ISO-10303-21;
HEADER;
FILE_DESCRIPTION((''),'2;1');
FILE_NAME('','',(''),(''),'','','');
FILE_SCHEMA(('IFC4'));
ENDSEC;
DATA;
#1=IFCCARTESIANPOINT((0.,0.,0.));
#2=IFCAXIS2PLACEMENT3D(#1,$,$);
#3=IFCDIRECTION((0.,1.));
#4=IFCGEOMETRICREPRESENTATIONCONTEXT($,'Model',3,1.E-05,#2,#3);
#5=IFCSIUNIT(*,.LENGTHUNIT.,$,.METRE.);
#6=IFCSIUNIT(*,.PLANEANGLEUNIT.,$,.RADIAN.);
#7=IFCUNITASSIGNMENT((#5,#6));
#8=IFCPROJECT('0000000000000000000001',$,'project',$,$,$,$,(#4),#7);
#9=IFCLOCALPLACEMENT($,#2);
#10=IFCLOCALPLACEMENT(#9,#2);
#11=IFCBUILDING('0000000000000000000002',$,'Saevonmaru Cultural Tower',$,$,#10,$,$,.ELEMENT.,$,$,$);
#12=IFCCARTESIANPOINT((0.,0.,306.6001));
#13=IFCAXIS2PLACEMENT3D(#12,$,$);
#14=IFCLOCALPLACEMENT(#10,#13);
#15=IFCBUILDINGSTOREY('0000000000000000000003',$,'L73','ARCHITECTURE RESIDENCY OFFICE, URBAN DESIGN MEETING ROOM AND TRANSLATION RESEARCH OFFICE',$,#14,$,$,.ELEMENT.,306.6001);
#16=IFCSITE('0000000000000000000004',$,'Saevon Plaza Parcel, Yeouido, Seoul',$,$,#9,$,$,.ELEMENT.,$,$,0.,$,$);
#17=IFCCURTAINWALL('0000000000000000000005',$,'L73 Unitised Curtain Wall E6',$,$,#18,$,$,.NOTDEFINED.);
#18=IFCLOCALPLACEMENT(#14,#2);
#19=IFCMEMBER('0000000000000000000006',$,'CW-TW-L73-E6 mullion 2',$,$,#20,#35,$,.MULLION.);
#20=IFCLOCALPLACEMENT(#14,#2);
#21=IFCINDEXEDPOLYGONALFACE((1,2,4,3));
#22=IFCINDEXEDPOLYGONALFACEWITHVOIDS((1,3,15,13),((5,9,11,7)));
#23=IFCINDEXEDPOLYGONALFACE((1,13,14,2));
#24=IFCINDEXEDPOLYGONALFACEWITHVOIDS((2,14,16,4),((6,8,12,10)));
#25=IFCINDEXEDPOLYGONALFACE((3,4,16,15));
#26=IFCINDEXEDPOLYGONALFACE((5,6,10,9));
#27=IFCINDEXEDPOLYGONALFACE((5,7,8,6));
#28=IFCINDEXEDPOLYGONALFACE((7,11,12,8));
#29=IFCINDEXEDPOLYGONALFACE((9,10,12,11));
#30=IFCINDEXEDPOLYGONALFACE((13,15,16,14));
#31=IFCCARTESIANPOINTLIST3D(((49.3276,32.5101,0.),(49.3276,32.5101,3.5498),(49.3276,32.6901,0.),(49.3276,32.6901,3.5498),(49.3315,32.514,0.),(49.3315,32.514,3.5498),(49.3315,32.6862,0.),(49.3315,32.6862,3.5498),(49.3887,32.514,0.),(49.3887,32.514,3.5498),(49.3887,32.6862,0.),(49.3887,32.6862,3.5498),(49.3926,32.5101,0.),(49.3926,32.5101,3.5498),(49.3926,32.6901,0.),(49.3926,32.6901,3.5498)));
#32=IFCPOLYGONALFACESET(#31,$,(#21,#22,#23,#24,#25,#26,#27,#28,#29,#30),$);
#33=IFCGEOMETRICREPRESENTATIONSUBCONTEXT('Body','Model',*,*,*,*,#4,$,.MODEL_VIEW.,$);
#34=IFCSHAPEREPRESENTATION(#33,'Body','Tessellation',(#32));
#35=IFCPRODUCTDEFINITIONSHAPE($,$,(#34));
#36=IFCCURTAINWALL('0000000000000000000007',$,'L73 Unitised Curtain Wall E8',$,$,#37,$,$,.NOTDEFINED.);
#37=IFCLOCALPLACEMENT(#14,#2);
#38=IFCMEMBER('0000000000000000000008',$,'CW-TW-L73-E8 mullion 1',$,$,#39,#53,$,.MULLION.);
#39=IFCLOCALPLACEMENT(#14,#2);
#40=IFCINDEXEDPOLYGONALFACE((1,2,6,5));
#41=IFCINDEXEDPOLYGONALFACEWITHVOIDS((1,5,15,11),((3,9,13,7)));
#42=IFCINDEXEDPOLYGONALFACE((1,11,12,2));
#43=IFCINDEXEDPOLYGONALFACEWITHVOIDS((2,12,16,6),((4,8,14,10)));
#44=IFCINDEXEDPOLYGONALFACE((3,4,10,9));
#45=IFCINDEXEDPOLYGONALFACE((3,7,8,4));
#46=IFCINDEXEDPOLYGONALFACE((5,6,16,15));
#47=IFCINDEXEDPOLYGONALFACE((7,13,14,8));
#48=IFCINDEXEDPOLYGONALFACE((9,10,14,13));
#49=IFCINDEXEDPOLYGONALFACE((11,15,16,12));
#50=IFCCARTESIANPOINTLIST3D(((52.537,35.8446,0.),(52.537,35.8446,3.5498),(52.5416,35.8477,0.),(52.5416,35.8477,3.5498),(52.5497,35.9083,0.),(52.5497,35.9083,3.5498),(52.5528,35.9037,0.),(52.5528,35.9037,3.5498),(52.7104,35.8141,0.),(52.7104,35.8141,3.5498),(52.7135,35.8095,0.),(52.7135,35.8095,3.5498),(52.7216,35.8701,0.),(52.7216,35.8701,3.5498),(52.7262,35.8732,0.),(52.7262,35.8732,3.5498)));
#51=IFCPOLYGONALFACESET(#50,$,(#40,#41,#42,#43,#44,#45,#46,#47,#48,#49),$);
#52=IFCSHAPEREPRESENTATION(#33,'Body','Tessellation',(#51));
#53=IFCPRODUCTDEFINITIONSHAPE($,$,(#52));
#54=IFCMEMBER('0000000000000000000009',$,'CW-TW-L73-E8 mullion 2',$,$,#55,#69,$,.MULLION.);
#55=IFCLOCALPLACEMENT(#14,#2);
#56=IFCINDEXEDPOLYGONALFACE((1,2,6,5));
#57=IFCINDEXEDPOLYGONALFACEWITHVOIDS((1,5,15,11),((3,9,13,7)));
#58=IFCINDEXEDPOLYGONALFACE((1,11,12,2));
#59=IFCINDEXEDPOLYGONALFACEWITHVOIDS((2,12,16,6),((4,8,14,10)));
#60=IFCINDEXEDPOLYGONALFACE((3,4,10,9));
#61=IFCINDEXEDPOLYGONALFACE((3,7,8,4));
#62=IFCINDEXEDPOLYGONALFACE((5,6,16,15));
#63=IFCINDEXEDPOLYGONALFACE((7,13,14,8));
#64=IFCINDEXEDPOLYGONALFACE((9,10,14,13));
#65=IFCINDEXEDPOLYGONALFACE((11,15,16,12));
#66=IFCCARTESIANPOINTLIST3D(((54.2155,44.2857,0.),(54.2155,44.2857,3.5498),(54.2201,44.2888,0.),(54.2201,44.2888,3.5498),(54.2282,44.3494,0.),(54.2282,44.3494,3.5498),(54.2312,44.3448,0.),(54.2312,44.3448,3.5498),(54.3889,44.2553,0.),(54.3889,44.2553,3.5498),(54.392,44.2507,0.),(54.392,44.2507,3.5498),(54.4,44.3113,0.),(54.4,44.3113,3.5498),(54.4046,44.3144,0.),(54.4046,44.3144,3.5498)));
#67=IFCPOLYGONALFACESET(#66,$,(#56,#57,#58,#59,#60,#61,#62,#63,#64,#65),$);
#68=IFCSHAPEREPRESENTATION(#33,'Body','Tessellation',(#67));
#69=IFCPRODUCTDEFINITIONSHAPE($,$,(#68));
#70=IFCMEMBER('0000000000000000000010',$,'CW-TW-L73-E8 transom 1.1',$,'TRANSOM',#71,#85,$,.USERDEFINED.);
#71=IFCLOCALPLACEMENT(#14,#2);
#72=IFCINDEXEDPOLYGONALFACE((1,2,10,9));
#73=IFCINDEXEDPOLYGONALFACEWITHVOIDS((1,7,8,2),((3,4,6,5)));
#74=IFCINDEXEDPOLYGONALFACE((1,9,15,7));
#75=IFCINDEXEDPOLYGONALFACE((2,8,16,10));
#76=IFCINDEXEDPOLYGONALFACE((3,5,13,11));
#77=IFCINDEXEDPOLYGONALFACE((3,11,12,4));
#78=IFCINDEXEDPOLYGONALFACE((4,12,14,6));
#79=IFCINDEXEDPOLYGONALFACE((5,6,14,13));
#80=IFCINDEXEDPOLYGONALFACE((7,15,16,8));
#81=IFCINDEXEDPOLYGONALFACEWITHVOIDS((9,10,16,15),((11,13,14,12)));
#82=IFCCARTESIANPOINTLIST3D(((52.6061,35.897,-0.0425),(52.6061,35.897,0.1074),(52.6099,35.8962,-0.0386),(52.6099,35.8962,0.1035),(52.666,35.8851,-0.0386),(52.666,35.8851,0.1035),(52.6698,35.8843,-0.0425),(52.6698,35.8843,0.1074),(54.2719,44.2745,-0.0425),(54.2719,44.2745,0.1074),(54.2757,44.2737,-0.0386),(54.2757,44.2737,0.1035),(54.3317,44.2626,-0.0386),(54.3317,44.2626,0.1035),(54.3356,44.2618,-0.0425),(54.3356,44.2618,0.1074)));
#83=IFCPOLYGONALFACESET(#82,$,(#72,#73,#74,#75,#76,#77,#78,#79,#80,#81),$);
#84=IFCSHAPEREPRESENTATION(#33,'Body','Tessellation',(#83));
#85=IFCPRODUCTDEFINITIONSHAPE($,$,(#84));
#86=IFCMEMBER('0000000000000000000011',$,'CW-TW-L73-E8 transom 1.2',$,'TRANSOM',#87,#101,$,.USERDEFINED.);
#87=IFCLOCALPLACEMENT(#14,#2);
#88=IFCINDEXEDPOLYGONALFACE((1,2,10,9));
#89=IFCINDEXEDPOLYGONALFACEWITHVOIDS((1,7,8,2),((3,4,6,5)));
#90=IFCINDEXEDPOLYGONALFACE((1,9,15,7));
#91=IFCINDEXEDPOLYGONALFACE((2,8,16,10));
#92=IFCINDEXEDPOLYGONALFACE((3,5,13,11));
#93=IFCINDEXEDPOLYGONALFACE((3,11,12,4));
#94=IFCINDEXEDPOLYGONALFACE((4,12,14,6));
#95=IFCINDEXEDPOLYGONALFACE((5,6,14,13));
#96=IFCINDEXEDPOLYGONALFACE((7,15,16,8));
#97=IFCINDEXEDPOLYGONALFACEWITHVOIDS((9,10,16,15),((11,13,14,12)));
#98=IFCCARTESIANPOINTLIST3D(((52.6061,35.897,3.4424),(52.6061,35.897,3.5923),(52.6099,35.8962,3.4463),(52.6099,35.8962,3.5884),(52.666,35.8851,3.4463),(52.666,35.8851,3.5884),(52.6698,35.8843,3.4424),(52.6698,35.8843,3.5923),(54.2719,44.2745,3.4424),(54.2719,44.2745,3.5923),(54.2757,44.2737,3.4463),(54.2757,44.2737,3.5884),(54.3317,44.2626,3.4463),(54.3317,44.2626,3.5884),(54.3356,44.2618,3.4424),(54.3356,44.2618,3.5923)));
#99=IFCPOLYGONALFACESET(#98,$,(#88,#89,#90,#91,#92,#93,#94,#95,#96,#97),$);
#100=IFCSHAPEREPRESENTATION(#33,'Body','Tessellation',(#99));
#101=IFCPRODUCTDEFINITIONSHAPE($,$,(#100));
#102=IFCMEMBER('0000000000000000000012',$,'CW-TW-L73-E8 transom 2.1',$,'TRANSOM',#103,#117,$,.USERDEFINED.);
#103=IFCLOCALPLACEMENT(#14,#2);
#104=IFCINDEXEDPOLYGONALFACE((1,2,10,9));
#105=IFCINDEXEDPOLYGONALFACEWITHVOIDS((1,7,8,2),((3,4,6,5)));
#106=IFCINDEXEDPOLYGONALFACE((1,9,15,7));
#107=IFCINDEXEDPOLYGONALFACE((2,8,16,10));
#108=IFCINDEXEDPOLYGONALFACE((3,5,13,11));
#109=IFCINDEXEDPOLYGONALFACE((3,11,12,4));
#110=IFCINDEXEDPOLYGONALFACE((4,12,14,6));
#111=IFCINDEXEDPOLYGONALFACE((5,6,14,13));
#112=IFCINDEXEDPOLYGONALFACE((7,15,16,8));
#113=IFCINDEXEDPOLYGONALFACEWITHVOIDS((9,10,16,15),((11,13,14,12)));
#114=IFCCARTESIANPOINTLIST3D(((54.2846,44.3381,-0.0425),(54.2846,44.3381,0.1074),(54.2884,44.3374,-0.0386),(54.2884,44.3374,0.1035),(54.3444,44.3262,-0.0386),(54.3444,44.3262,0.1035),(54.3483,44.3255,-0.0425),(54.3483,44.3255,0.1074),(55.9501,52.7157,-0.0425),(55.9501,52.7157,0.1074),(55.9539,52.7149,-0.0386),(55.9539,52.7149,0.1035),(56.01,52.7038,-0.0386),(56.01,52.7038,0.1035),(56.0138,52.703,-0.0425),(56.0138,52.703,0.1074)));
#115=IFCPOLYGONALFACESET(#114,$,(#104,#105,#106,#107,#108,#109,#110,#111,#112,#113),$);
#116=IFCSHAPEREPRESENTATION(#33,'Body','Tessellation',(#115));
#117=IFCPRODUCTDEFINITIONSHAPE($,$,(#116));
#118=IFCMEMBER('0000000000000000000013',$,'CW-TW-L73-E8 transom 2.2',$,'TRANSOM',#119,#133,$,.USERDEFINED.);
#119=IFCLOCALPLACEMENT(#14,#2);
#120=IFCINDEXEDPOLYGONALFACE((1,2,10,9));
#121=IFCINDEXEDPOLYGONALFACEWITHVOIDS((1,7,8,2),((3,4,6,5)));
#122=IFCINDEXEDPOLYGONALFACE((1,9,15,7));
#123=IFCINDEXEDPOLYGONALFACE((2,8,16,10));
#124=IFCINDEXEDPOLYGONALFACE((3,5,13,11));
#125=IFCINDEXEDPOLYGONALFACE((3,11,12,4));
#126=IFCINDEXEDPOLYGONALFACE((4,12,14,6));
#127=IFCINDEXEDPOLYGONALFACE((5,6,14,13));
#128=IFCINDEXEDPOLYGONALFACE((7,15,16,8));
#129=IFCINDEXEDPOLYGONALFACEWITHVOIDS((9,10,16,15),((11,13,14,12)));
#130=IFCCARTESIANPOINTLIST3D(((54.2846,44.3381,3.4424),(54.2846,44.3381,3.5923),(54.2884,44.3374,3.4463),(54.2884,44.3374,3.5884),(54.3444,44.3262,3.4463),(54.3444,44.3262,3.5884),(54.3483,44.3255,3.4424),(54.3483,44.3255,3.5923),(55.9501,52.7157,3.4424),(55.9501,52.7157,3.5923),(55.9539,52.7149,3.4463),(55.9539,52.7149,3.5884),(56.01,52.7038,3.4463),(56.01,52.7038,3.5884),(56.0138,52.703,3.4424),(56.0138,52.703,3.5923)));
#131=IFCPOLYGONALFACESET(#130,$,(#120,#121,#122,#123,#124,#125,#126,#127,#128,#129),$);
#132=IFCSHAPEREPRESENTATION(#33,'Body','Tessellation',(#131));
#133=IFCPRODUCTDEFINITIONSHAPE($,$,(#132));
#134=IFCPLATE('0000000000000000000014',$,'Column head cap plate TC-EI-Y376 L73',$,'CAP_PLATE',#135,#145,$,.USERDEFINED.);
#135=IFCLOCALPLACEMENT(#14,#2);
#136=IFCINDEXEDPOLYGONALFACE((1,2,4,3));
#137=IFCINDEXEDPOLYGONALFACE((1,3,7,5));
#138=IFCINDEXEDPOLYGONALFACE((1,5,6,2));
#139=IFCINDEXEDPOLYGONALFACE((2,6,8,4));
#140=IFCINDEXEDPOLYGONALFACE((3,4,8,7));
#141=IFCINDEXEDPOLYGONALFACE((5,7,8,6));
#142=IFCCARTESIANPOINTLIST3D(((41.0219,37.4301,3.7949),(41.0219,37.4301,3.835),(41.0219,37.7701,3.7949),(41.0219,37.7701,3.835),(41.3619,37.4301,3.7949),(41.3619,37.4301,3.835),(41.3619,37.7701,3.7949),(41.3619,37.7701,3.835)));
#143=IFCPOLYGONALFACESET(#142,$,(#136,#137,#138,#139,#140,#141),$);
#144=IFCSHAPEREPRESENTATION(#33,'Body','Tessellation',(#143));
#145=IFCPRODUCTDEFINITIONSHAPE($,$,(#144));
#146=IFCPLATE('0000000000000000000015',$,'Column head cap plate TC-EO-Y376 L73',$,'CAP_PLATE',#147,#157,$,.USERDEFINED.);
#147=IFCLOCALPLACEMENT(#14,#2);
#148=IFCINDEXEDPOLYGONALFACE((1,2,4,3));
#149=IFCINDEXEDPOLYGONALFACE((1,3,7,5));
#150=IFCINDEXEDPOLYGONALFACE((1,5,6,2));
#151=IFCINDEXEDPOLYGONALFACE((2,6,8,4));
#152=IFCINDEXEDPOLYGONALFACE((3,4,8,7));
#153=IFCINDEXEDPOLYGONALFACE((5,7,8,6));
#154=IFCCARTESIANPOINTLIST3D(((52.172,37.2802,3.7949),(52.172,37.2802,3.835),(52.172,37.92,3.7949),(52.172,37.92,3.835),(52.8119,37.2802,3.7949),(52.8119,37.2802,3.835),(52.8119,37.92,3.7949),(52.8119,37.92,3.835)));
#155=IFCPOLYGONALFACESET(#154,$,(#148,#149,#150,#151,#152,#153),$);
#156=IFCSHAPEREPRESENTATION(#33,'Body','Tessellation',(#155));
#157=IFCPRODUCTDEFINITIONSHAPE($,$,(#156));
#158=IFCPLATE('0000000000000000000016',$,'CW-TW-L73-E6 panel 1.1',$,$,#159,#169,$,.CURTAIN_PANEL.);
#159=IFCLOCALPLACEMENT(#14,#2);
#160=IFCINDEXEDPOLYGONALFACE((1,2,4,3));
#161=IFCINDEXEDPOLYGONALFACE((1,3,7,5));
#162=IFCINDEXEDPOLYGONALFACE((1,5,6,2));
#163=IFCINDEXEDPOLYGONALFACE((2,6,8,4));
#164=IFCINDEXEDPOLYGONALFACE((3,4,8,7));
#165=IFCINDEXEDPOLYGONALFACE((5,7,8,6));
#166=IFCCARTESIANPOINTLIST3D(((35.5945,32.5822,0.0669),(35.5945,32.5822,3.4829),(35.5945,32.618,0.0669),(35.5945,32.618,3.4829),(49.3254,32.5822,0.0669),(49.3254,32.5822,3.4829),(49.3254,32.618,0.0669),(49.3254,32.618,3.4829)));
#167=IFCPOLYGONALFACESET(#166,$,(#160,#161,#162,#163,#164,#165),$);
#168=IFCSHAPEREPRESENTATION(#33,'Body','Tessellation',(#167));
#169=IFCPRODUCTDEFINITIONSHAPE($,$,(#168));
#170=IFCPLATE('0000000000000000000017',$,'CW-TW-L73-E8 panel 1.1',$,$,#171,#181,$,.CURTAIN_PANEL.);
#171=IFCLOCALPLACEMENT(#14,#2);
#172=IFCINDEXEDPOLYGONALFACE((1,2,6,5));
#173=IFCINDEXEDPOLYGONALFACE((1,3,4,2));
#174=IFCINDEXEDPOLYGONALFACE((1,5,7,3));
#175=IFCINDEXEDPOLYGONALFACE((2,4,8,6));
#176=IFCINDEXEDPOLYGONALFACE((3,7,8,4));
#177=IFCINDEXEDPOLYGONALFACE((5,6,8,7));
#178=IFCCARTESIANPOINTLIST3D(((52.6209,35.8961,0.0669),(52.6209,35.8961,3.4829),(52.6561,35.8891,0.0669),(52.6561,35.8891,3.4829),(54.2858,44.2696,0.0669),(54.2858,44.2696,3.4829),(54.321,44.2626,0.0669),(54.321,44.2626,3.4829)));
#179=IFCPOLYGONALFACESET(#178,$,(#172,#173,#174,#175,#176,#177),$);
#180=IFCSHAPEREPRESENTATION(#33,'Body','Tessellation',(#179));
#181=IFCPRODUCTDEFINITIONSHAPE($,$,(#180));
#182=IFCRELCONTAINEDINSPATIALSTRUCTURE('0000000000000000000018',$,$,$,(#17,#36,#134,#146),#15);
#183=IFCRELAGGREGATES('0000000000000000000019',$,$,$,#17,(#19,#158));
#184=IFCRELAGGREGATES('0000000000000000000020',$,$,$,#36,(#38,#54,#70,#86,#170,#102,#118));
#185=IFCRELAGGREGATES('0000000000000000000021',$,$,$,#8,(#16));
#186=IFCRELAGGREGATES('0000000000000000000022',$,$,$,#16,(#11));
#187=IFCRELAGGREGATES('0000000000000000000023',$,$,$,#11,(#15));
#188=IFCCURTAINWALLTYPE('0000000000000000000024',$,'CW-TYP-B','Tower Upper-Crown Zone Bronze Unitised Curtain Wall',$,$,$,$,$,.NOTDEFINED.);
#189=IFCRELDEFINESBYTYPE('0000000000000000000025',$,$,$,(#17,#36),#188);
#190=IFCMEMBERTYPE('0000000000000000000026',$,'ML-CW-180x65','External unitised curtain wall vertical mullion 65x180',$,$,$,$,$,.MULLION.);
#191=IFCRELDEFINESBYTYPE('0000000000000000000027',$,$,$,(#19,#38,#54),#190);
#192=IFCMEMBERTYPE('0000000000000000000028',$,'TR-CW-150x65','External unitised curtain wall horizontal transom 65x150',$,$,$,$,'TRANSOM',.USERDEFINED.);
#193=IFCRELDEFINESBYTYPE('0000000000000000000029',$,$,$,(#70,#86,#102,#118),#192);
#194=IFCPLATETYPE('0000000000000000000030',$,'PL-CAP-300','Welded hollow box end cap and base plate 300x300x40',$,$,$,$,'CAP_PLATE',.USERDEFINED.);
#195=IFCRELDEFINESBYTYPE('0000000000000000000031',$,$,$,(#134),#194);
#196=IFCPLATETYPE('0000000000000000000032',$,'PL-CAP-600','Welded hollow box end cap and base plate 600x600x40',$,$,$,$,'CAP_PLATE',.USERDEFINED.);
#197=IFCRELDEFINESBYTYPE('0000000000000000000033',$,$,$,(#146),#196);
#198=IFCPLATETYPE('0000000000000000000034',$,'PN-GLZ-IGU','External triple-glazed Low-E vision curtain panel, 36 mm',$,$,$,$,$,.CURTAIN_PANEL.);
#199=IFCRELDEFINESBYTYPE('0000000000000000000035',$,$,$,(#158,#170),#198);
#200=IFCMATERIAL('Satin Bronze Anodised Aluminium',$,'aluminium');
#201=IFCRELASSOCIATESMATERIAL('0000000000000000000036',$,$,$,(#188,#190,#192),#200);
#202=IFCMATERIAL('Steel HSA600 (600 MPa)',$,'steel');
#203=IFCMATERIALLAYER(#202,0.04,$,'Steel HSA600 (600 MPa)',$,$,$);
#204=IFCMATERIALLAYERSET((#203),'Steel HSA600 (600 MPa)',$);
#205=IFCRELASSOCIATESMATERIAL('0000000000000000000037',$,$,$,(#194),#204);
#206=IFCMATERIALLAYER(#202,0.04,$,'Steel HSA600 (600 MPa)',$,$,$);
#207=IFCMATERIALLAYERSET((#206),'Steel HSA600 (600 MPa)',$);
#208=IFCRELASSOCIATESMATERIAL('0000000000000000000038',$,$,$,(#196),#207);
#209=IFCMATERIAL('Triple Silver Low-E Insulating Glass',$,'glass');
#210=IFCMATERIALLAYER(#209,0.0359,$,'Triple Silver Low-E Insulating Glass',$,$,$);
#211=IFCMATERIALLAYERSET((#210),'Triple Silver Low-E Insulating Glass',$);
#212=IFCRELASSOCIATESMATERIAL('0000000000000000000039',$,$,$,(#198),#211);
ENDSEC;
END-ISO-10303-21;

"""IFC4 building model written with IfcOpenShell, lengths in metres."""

from ifc_helpers import new_model, si_unit, direction, frame, origin, origin_2d, place, context, subcontext, project, spatial, rectangle, hollow_rectangle, extrude, material, layer, layer_set, material_profile, profile_set, type_object, element, aggregate, save


model = new_model("IFC4")

# Units and contexts
model_context = context("Model", 3, precision=1e-05, world=origin(), true_north=direction((0.0, 1.0)))
body_context = subcontext(model_context, "Body", "Model", "MODEL_VIEW")
ifc_project = project(units=[si_unit("LENGTHUNIT", "METRE"), si_unit("PLANEANGLEUNIT", "RADIAN")], contexts=[model_context])

# Site, building, storey
site_placement = place(None, origin())
site = spatial("IfcSite", under=ifc_project, at=site_placement, Name="Saevon Plaza Parcel, Yeouido, Seoul", CompositionType="ELEMENT", RefElevation=0.0)
building_placement = place(site_placement, origin())
building = spatial("IfcBuilding", under=site, at=building_placement, Name="Saevonmaru Cultural Tower", CompositionType="ELEMENT")
storey_placement = place(building_placement, frame((0.0, 0.0, 306.6001)))
storey = spatial("IfcBuildingStorey", under=building, at=storey_placement, Name="L73", Description="ARCHITECTURE RESIDENCY OFFICE, URBAN DESIGN MEETING ROOM AND TRANSLATION RESEARCH OFFICE", CompositionType="ELEMENT", Elevation=306.6001)

# Shared definitions
ifc_material_1 = material(Name="Steel HSA600 (600 MPa)", Category="steel")

# Curtain wall, member
ifc_material_2 = material(Name="Satin Bronze Anodised Aluminium", Category="aluminium")
curtain_wall_type = type_object("IfcCurtainWallType", Name="CW-TYP-B", Description="Tower Upper-Crown Zone Bronze Unitised Curtain Wall", PredefinedType="NOTDEFINED", material=ifc_material_2)
curtain_wall_1_placement = place(storey_placement, origin())
curtain_wall_1 = element("IfcCurtainWall", 1, at=curtain_wall_1_placement, inside=storey, type_object=curtain_wall_type, Name="L73 Unitised Curtain Wall E6", PredefinedType="NOTDEFINED")
ifc_material_profile_1 = material_profile(ifc_material_2, hollow_rectangle(XDim=0.0649, YDim=0.1799, WallThickness=0.0039, at=origin_2d()), Name="ALU-MULL-180x65x4")
ifc_profile_set_1 = profile_set([ifc_material_profile_1], Name="Satin Bronze Anodised Aluminium")
member_type_1 = type_object("IfcMemberType", Name="ML-CW-180x65", Description="External unitised curtain wall vertical mullion 65x180", PredefinedType="MULLION", material=ifc_profile_set_1)
member_1_placement = place(storey_placement, frame((49.3601, 32.6001, 0.0), z_axis=(0.0, 0.0, 1.0), x_axis=(1.0, 0.0, 0.0)))
member_1 = element("IfcMember", 2, at=member_1_placement, type_object=member_type_1, Name="CW-TW-L73-E6 mullion 2", PredefinedType="MULLION", context=body_context, shape_type="SweptSolid", body=[
    extrude(hollow_rectangle(XDim=0.0649, YDim=0.1799, WallThickness=0.0039, at=origin_2d()), origin(), (0.0, 0.0, 1.0), 3.5498),
])

# Curtain wall, members
curtain_wall_2_placement = place(storey_placement, origin())
curtain_wall_2 = element("IfcCurtainWall", 3, at=curtain_wall_2_placement, inside=storey, type_object=curtain_wall_type, Name="L73 Unitised Curtain Wall E8", PredefinedType="NOTDEFINED")
member_2_placement = place(storey_placement, frame((52.6316, 35.8589, 0.0), z_axis=(0.0, 0.0, 1.0), x_axis=(0.195005, 0.980802, 0.0)))
member_2 = element("IfcMember", 4, at=member_2_placement, type_object=member_type_1, Name="CW-TW-L73-E8 mullion 1", PredefinedType="MULLION", context=body_context, shape_type="SweptSolid", body=[
    extrude(hollow_rectangle(XDim=0.0649, YDim=0.1799, WallThickness=0.0039, at=origin_2d()), origin(), (0.0, 0.0, 1.0), 3.5498),
])
member_3_placement = place(storey_placement, frame((54.3101, 44.3, 0.0), z_axis=(0.0, 0.0, 1.0), x_axis=(0.195005, 0.980802, 0.0)))
member_3 = element("IfcMember", 5, at=member_3_placement, type_object=member_type_1, Name="CW-TW-L73-E8 mullion 2", PredefinedType="MULLION", context=body_context, shape_type="SweptSolid", body=[
    extrude(hollow_rectangle(XDim=0.0649, YDim=0.1799, WallThickness=0.0039, at=origin_2d()), origin(), (0.0, 0.0, 1.0), 3.5498),
])
ifc_material_profile_2 = material_profile(ifc_material_2, hollow_rectangle(XDim=0.0649, YDim=0.1499, WallThickness=0.0039, at=origin_2d()), Name="ALU-TRAN-150x65x4")
ifc_profile_set_2 = profile_set([ifc_material_profile_2], Name="Satin Bronze Anodised Aluminium")
member_type_2 = type_object("IfcMemberType", Name="TR-CW-150x65", Description="External unitised curtain wall horizontal transom 65x150", ElementType="TRANSOM", PredefinedType="USERDEFINED", material=ifc_profile_set_2)
member_4_placement = place(storey_placement, frame((52.6379, 35.8906, 0.0325), z_axis=(0.195022, 0.980799, 0.0), x_axis=(-0.980799, 0.195022, 0.0)))
member_4 = element("IfcMember", 6, at=member_4_placement, type_object=member_type_2, Name="CW-TW-L73-E8 transom 1.1", ObjectType="TRANSOM", PredefinedType="USERDEFINED", context=body_context, shape_type="SweptSolid", body=[
    extrude(hollow_rectangle(XDim=0.0649, YDim=0.1499, WallThickness=0.0039, at=origin_2d()), origin(), (0.0, 0.0, 1.0), 8.5415),
])
member_5_placement = place(storey_placement, frame((52.6379, 35.8906, 3.5173), z_axis=(0.195022, 0.980799, 0.0), x_axis=(-0.980799, 0.195022, 0.0)))
member_5 = element("IfcMember", 7, at=member_5_placement, type_object=member_type_2, Name="CW-TW-L73-E8 transom 1.2", ObjectType="TRANSOM", PredefinedType="USERDEFINED", context=body_context, shape_type="SweptSolid", body=[
    extrude(hollow_rectangle(XDim=0.0649, YDim=0.1499, WallThickness=0.0039, at=origin_2d()), origin(), (0.0, 0.0, 1.0), 8.5415),
])
member_6_placement = place(storey_placement, frame((54.3164, 44.3318, 0.0325), z_axis=(0.194995, 0.980804, 0.0), x_axis=(-0.980804, 0.194995, 0.0)))
member_6 = element("IfcMember", 8, at=member_6_placement, type_object=member_type_2, Name="CW-TW-L73-E8 transom 2.1", ObjectType="TRANSOM", PredefinedType="USERDEFINED", context=body_context, shape_type="SweptSolid", body=[
    extrude(hollow_rectangle(XDim=0.0649, YDim=0.1499, WallThickness=0.0039, at=origin_2d()), origin(), (0.0, 0.0, 1.0), 8.5415),
])
member_7_placement = place(storey_placement, frame((54.3164, 44.3318, 3.5173), z_axis=(0.194995, 0.980804, 0.0), x_axis=(-0.980804, 0.194995, 0.0)))
member_7 = element("IfcMember", 9, at=member_7_placement, type_object=member_type_2, Name="CW-TW-L73-E8 transom 2.2", ObjectType="TRANSOM", PredefinedType="USERDEFINED", context=body_context, shape_type="SweptSolid", body=[
    extrude(hollow_rectangle(XDim=0.0649, YDim=0.1499, WallThickness=0.0039, at=origin_2d()), origin(), (0.0, 0.0, 1.0), 8.5415),
])

# Plates
ifc_layer_1 = layer(ifc_material_1, 0.04, Name="Steel HSA600 (600 MPa)")
ifc_layer_set_1 = layer_set([ifc_layer_1], Name="Steel HSA600 (600 MPa)")
plate_type_1 = type_object("IfcPlateType", Name="PL-CAP-300", Description="Welded hollow box end cap and base plate 300x300x40", ElementType="CAP_PLATE", PredefinedType="USERDEFINED", material=ifc_layer_set_1)
plate_1_placement = place(storey_placement, frame((41.1919, 37.6001, 3.7949), z_axis=(0.0, 0.0, 1.0), x_axis=(1.0, 0.0, 0.0)))
element("IfcPlate", 10, at=plate_1_placement, inside=storey, type_object=plate_type_1, Name="Column head cap plate TC-EI-Y376 L73", ObjectType="CAP_PLATE", PredefinedType="USERDEFINED", context=body_context, shape_type="SweptSolid", body=[
    extrude(rectangle(XDim=0.3401, YDim=0.3401, at=origin_2d()), origin(), (0.0, 0.0, 1.0), 0.04),
])
ifc_layer_2 = layer(ifc_material_1, 0.04, Name="Steel HSA600 (600 MPa)")
ifc_layer_set_2 = layer_set([ifc_layer_2], Name="Steel HSA600 (600 MPa)")
plate_type_2 = type_object("IfcPlateType", Name="PL-CAP-600", Description="Welded hollow box end cap and base plate 600x600x40", ElementType="CAP_PLATE", PredefinedType="USERDEFINED", material=ifc_layer_set_2)
plate_2_placement = place(storey_placement, frame((52.4919, 37.6001, 3.7949), z_axis=(0.0, 0.0, 1.0), x_axis=(1.0, 0.0, 0.0)))
element("IfcPlate", 11, at=plate_2_placement, inside=storey, type_object=plate_type_2, Name="Column head cap plate TC-EO-Y376 L73", ObjectType="CAP_PLATE", PredefinedType="USERDEFINED", context=body_context, shape_type="SweptSolid", body=[
    extrude(rectangle(XDim=0.6399, YDim=0.6399, at=origin_2d()), origin(), (0.0, 0.0, 1.0), 0.04),
])

# Plates
ifc_material_3 = material(Name="Triple Silver Low-E Insulating Glass", Category="glass")
ifc_layer_3 = layer(ifc_material_3, 0.0359, Name="Triple Silver Low-E Insulating Glass")
ifc_layer_set_3 = layer_set([ifc_layer_3], Name="Triple Silver Low-E Insulating Glass")
plate_type_3 = type_object("IfcPlateType", Name="PN-GLZ-IGU", Description="External triple-glazed Low-E vision curtain panel, 36 mm", PredefinedType="CURTAIN_PANEL", material=ifc_layer_set_3)
plate_3_placement = place(storey_placement, frame((42.46, 32.6001, 0.0669), z_axis=(0.0, 0.0, 1.0), x_axis=(1.0, 0.0, 0.0)))
plate_3 = element("IfcPlate", 12, at=plate_3_placement, type_object=plate_type_3, Name="CW-TW-L73-E6 panel 1.1", PredefinedType="CURTAIN_PANEL", context=body_context, shape_type="SweptSolid", body=[
    extrude(rectangle(XDim=13.731, YDim=0.0359, at=origin_2d()), origin(), (0.0, 0.0, 1.0), 3.416),
])
aggregate(curtain_wall_1, [member_1, plate_3])
plate_4_placement = place(storey_placement, frame((53.4709, 40.0793, 0.0669), z_axis=(0.0, 0.0, 1.0), x_axis=(0.195005, 0.980802, 0.0)))
plate_4 = element("IfcPlate", 13, at=plate_4_placement, type_object=plate_type_3, Name="CW-TW-L73-E8 panel 1.1", PredefinedType="CURTAIN_PANEL", context=body_context, shape_type="SweptSolid", body=[
    extrude(rectangle(XDim=8.5374, YDim=0.0359, at=origin_2d()), origin(), (0.0, 0.0, 1.0), 3.416),
])
aggregate(curtain_wall_2, [member_2, member_3, member_4, member_5, plate_4, member_6, member_7])

save(model, "model.ifc")
